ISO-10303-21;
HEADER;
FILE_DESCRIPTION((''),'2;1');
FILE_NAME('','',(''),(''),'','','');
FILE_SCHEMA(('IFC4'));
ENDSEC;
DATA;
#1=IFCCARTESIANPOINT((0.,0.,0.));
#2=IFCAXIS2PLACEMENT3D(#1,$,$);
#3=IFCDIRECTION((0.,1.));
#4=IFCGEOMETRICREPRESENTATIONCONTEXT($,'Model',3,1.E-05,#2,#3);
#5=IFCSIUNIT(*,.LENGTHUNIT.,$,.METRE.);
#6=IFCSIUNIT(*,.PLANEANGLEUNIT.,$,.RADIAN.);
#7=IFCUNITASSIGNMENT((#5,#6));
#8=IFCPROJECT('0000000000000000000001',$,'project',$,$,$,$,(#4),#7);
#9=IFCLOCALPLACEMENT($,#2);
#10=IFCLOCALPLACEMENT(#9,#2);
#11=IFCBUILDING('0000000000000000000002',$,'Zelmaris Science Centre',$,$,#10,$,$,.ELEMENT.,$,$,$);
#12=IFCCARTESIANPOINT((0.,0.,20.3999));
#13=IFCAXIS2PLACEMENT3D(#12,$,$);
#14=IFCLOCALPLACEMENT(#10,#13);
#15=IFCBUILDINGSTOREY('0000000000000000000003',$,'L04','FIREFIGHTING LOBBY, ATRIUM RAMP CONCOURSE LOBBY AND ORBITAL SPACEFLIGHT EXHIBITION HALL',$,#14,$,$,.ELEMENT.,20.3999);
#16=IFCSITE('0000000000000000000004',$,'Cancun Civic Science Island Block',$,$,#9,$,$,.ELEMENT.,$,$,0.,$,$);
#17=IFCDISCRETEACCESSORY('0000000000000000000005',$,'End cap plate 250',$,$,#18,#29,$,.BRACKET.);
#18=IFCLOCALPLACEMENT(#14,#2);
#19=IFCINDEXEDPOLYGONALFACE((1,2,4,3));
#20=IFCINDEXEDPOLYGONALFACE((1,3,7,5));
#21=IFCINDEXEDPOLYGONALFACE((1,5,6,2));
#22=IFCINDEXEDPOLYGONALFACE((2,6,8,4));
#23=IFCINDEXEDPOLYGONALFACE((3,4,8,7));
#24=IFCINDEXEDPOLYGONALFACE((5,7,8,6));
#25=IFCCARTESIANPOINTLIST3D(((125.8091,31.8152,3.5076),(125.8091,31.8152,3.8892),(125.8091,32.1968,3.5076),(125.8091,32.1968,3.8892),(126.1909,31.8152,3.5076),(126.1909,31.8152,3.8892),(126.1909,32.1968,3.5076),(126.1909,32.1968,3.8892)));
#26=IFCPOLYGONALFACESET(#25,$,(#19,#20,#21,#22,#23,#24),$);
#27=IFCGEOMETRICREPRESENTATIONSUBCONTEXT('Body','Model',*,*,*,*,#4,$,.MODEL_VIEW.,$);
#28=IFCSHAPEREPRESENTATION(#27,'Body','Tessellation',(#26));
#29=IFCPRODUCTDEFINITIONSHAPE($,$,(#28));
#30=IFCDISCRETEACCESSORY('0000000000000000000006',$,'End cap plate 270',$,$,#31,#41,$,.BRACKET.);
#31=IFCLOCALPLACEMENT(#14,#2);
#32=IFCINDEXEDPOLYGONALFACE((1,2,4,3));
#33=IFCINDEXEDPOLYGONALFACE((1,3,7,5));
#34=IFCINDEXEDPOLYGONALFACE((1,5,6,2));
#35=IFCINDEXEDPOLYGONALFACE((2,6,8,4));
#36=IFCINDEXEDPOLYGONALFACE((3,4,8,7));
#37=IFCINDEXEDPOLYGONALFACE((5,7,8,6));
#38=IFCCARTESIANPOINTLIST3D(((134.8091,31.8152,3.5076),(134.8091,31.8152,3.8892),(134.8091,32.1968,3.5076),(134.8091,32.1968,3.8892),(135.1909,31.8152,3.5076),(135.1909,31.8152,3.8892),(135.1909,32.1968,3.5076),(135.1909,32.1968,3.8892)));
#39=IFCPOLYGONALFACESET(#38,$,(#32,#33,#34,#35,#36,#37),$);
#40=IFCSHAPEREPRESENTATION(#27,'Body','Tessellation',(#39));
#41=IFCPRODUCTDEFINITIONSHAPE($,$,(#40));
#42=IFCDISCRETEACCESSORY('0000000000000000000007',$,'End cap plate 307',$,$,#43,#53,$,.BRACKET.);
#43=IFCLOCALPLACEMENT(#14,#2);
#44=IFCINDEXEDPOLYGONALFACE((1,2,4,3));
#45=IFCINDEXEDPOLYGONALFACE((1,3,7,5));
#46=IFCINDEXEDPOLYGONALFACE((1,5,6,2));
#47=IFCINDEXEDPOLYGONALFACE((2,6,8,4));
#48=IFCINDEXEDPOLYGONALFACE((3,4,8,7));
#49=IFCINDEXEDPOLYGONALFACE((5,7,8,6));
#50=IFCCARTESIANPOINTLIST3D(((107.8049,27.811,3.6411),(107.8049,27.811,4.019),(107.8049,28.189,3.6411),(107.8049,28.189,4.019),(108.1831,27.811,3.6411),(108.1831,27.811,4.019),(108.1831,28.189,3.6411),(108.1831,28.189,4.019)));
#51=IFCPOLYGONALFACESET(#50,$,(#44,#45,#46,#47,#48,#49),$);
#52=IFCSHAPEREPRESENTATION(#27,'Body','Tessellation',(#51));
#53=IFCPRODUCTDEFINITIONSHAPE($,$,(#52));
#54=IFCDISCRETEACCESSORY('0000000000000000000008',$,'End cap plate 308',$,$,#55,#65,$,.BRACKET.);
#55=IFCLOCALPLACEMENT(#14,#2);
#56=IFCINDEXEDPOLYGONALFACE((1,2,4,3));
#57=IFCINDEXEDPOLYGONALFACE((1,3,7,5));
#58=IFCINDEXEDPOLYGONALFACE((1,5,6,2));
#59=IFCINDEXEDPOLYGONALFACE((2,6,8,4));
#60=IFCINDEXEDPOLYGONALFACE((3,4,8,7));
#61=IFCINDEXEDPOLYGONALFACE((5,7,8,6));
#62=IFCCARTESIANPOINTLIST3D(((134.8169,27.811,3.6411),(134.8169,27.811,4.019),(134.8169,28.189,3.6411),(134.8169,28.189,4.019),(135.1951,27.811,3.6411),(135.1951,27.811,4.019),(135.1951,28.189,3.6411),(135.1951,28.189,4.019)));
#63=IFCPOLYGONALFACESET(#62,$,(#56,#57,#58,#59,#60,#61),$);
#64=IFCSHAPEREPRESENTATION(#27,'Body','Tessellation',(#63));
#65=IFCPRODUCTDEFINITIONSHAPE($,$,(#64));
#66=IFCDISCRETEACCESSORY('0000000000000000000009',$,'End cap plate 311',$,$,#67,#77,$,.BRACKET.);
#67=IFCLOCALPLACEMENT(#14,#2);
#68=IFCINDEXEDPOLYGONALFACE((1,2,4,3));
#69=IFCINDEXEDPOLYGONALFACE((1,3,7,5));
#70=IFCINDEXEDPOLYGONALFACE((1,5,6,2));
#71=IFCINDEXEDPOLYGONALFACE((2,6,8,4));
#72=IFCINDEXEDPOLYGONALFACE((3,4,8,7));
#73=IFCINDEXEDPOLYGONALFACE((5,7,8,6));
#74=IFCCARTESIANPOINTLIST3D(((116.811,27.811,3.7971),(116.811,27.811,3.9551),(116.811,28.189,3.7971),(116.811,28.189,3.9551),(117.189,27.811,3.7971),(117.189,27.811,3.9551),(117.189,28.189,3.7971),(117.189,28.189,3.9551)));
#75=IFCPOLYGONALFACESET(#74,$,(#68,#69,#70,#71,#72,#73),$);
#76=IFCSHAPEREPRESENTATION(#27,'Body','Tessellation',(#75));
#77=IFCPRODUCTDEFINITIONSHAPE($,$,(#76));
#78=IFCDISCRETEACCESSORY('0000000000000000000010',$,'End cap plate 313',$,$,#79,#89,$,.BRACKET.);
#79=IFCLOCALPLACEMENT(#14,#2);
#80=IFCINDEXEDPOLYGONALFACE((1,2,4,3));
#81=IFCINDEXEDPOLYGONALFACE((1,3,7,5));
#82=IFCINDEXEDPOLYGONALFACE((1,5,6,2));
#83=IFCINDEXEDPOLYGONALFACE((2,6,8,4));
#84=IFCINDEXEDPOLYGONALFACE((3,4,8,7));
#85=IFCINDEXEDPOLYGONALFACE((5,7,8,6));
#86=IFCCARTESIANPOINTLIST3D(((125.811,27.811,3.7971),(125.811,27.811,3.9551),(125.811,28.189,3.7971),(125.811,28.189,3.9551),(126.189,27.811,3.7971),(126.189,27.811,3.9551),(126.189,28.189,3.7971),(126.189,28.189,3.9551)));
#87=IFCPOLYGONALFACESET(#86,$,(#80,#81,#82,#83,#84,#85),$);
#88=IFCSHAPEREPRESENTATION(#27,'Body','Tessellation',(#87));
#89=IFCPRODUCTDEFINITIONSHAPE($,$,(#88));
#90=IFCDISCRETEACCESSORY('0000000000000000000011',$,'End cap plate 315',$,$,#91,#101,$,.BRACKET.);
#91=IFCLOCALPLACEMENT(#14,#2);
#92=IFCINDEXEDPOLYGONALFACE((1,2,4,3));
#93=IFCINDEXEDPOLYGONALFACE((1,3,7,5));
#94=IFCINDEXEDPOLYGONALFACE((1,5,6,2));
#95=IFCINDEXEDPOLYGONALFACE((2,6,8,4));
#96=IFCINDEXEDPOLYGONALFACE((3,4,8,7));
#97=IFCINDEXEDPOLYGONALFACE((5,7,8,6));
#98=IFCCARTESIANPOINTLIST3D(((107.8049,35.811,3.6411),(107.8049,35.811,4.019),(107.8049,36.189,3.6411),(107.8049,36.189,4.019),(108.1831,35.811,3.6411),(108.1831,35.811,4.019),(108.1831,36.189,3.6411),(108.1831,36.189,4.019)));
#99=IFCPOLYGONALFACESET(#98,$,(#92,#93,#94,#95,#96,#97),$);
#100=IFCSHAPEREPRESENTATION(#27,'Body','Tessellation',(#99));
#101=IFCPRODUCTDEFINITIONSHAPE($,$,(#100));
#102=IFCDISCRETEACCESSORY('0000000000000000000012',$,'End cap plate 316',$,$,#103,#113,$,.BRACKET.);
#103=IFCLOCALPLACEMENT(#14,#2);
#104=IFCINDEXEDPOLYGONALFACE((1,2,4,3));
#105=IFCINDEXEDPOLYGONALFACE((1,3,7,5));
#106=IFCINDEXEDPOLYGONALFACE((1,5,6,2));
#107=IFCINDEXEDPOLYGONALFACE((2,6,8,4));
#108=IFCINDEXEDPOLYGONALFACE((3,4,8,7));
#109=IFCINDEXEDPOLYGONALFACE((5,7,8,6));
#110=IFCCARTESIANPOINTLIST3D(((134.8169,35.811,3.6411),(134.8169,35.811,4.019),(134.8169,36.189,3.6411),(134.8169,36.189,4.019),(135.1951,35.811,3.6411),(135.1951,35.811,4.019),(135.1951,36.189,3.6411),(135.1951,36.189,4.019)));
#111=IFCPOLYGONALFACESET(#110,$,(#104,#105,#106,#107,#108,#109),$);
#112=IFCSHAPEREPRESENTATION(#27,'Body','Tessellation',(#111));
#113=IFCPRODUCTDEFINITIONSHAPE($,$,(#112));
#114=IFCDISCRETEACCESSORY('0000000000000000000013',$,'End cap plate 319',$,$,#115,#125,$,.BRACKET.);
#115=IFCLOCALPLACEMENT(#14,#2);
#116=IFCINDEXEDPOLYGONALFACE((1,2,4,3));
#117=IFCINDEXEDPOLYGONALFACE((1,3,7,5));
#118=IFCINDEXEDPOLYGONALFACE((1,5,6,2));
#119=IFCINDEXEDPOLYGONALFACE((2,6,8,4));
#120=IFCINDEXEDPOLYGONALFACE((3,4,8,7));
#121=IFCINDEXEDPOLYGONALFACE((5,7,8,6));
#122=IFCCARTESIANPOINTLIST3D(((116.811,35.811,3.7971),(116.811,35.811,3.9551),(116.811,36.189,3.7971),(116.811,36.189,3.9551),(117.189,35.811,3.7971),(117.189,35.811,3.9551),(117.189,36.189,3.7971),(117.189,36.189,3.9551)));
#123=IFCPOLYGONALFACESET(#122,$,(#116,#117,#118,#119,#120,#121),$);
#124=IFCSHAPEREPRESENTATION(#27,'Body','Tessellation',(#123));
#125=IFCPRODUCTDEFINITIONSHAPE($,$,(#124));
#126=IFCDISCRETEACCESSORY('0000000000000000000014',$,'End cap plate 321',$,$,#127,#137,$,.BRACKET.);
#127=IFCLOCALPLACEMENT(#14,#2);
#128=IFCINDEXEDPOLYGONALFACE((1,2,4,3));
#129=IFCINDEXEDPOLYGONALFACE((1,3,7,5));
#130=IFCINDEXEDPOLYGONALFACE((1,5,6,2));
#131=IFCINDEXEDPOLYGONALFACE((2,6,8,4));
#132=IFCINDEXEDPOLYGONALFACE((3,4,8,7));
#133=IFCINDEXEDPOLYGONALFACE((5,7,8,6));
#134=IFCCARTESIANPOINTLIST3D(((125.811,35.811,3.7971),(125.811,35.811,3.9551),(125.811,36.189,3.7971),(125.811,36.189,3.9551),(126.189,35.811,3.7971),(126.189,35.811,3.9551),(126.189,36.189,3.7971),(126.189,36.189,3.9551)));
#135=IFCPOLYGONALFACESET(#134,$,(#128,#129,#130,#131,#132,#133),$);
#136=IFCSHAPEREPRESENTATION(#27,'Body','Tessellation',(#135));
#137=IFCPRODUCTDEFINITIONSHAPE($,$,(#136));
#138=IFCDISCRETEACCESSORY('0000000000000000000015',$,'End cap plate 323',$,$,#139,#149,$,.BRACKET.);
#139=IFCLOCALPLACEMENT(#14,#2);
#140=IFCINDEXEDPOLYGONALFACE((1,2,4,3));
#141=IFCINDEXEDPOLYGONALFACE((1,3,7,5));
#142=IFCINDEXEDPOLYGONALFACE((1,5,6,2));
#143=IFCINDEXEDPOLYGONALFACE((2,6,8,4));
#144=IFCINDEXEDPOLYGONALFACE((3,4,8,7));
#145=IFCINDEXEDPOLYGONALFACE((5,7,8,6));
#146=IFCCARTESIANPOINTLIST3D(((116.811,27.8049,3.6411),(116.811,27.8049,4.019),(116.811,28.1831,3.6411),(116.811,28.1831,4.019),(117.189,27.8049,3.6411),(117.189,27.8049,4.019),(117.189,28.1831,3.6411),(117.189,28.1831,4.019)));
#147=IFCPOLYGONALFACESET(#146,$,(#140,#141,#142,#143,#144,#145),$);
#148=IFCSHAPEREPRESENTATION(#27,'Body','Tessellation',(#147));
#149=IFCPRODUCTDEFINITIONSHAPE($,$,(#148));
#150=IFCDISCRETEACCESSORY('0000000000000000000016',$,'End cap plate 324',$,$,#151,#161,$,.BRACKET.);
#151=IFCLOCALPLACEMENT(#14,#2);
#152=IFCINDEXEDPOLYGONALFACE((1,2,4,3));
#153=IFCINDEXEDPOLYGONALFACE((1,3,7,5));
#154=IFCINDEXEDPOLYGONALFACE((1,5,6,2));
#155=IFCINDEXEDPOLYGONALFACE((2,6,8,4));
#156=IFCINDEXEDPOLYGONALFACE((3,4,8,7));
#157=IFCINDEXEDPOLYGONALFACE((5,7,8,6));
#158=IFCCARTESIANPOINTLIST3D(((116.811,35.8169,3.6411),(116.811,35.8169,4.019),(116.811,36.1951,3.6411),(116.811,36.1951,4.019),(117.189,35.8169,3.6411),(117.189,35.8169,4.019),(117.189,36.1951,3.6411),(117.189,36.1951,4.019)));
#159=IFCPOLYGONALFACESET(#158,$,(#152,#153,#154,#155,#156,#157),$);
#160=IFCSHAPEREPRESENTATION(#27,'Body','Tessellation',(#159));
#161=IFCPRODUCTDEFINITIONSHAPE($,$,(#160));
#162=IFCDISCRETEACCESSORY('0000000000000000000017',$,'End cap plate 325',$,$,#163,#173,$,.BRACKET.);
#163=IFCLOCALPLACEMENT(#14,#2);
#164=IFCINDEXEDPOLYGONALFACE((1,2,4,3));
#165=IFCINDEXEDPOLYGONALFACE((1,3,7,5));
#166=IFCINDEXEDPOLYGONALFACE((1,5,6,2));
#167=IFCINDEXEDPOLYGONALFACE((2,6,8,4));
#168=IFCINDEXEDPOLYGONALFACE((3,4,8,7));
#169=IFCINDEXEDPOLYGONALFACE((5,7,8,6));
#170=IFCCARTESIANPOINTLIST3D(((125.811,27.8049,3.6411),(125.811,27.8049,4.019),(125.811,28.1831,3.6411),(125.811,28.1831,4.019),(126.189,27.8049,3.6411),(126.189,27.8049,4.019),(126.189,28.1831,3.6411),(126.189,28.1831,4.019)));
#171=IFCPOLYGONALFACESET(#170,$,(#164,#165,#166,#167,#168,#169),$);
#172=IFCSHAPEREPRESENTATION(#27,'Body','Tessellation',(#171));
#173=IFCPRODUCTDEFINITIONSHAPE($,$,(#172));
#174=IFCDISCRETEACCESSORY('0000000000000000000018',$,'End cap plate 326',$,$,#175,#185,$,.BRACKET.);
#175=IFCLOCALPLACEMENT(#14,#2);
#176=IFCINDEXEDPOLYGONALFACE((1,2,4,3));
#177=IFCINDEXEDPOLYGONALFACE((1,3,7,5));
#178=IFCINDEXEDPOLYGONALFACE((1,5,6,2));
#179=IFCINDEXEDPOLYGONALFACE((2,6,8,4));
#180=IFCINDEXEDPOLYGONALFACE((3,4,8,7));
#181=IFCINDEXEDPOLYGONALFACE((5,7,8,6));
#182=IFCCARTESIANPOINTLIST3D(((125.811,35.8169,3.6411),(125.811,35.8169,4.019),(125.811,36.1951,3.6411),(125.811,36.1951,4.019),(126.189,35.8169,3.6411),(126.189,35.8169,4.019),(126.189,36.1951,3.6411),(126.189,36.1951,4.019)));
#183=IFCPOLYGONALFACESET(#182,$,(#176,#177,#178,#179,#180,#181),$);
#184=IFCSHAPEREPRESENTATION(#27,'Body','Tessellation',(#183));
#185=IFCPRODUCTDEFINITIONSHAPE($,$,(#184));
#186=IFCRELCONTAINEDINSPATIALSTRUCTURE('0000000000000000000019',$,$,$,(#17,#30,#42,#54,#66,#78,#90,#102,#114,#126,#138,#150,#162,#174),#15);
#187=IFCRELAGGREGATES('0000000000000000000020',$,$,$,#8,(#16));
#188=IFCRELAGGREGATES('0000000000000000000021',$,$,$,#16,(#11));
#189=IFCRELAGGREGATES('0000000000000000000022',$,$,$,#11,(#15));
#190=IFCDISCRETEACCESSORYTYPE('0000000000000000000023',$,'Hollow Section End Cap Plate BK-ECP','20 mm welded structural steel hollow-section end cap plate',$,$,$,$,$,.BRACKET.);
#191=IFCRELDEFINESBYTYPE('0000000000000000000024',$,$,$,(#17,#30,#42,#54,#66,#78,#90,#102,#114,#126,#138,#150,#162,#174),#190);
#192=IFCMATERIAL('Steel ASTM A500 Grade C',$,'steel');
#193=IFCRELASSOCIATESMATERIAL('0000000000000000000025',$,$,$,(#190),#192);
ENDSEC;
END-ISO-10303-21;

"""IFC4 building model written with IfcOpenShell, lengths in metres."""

from ifc_helpers import new_model, si_unit, direction, frame, origin, place, context, subcontext, project, spatial, polyline, outline, extrude, material, type_object, element, save


model = new_model("IFC4")

# Units and contexts
model_context = context("Model", 3, precision=1e-05, world=origin(), true_north=direction((0.0, 1.0)))
body_context = subcontext(model_context, "Body", "Model", "MODEL_VIEW")
ifc_project = project(units=[si_unit("LENGTHUNIT", "METRE"), si_unit("PLANEANGLEUNIT", "RADIAN")], contexts=[model_context])

# Site, building, storey
site_placement = place(None, origin())
site = spatial("IfcSite", under=ifc_project, at=site_placement, Name="Cancun Civic Science Island Block", CompositionType="ELEMENT", RefElevation=0.0)
building_placement = place(site_placement, origin())
building = spatial("IfcBuilding", under=site, at=building_placement, Name="Zelmaris Science Centre", CompositionType="ELEMENT")
storey_placement = place(building_placement, frame((0.0, 0.0, 20.3999)))
storey = spatial("IfcBuildingStorey", under=building, at=storey_placement, Name="L04", Description="FIREFIGHTING LOBBY, ATRIUM RAMP CONCOURSE LOBBY AND ORBITAL SPACEFLIGHT EXHIBITION HALL", CompositionType="ELEMENT", Elevation=20.3999)

# Discrete accessories
ifc_material_1 = material(Name="Steel ASTM A500 Grade C", Category="steel")
discrete_accessory_type = type_object("IfcDiscreteAccessoryType", Name="Hollow Section End Cap Plate BK-ECP", Description="20 mm welded structural steel hollow-section end cap plate", PredefinedType="BRACKET", material=ifc_material_1)
discrete_accessory_1_placement = place(storey_placement, frame((0.0, 0.0, 3.5076)))
element("IfcDiscreteAccessory", 1, at=discrete_accessory_1_placement, inside=storey, type_object=discrete_accessory_type, Name="End cap plate 250", PredefinedType="BRACKET", context=body_context, shape_type="SweptSolid", body=[
    extrude(outline(polyline([(125.8091, 31.8152), (126.1909, 31.8152), (126.1909, 32.1968), (125.8091, 32.1968), (125.8091, 31.8152)])), origin(), (0.0, 0.0, 1.0), 0.3816),
])
discrete_accessory_2_placement = place(storey_placement, frame((0.0, 0.0, 3.5076)))
element("IfcDiscreteAccessory", 2, at=discrete_accessory_2_placement, inside=storey, type_object=discrete_accessory_type, Name="End cap plate 270", PredefinedType="BRACKET", context=body_context, shape_type="SweptSolid", body=[
    extrude(outline(polyline([(134.8091, 31.8152), (135.1909, 31.8152), (135.1909, 32.1968), (134.8091, 32.1968), (134.8091, 31.8152)])), origin(), (0.0, 0.0, 1.0), 0.3816),
])
discrete_accessory_3_placement = place(storey_placement, frame((0.0, 0.0, 3.6411)))
element("IfcDiscreteAccessory", 3, at=discrete_accessory_3_placement, inside=storey, type_object=discrete_accessory_type, Name="End cap plate 307", PredefinedType="BRACKET", context=body_context, shape_type="SweptSolid", body=[
    extrude(outline(polyline([(107.8049, 27.811), (108.1831, 27.811), (108.1831, 28.189), (107.8049, 28.189), (107.8049, 27.811)])), origin(), (0.0, 0.0, 1.0), 0.3779),
])
discrete_accessory_4_placement = place(storey_placement, frame((0.0, 0.0, 3.6411)))
element("IfcDiscreteAccessory", 4, at=discrete_accessory_4_placement, inside=storey, type_object=discrete_accessory_type, Name="End cap plate 308", PredefinedType="BRACKET", context=body_context, shape_type="SweptSolid", body=[
    extrude(outline(polyline([(134.8169, 27.811), (135.1951, 27.811), (135.1951, 28.189), (134.8169, 28.189), (134.8169, 27.811)])), origin(), (0.0, 0.0, 1.0), 0.3779),
])
discrete_accessory_5_placement = place(storey_placement, frame((0.0, 0.0, 3.7971)))
element("IfcDiscreteAccessory", 5, at=discrete_accessory_5_placement, inside=storey, type_object=discrete_accessory_type, Name="End cap plate 311", PredefinedType="BRACKET", context=body_context, shape_type="SweptSolid", body=[
    extrude(outline(polyline([(116.811, 27.811), (117.189, 27.811), (117.189, 28.189), (116.811, 28.189), (116.811, 27.811)])), origin(), (0.0, 0.0, 1.0), 0.158),
])
discrete_accessory_6_placement = place(storey_placement, frame((0.0, 0.0, 3.7971)))
element("IfcDiscreteAccessory", 6, at=discrete_accessory_6_placement, inside=storey, type_object=discrete_accessory_type, Name="End cap plate 313", PredefinedType="BRACKET", context=body_context, shape_type="SweptSolid", body=[
    extrude(outline(polyline([(125.811, 27.811), (126.189, 27.811), (126.189, 28.189), (125.811, 28.189), (125.811, 27.811)])), origin(), (0.0, 0.0, 1.0), 0.158),
])
discrete_accessory_7_placement = place(storey_placement, frame((0.0, 0.0, 3.6411)))
element("IfcDiscreteAccessory", 7, at=discrete_accessory_7_placement, inside=storey, type_object=discrete_accessory_type, Name="End cap plate 315", PredefinedType="BRACKET", context=body_context, shape_type="SweptSolid", body=[
    extrude(outline(polyline([(107.8049, 35.811), (108.1831, 35.811), (108.1831, 36.189), (107.8049, 36.189), (107.8049, 35.811)])), origin(), (0.0, 0.0, 1.0), 0.3779),
])
discrete_accessory_8_placement = place(storey_placement, frame((0.0, 0.0, 3.6411)))
element("IfcDiscreteAccessory", 8, at=discrete_accessory_8_placement, inside=storey, type_object=discrete_accessory_type, Name="End cap plate 316", PredefinedType="BRACKET", context=body_context, shape_type="SweptSolid", body=[
    extrude(outline(polyline([(134.8169, 35.811), (135.1951, 35.811), (135.1951, 36.189), (134.8169, 36.189), (134.8169, 35.811)])), origin(), (0.0, 0.0, 1.0), 0.3779),
])
discrete_accessory_9_placement = place(storey_placement, frame((0.0, 0.0, 3.7971)))
element("IfcDiscreteAccessory", 9, at=discrete_accessory_9_placement, inside=storey, type_object=discrete_accessory_type, Name="End cap plate 319", PredefinedType="BRACKET", context=body_context, shape_type="SweptSolid", body=[
    extrude(outline(polyline([(116.811, 35.811), (117.189, 35.811), (117.189, 36.189), (116.811, 36.189), (116.811, 35.811)])), origin(), (0.0, 0.0, 1.0), 0.158),
])
discrete_accessory_10_placement = place(storey_placement, frame((0.0, 0.0, 3.7971)))
element("IfcDiscreteAccessory", 10, at=discrete_accessory_10_placement, inside=storey, type_object=discrete_accessory_type, Name="End cap plate 321", PredefinedType="BRACKET", context=body_context, shape_type="SweptSolid", body=[
    extrude(outline(polyline([(125.811, 35.811), (126.189, 35.811), (126.189, 36.189), (125.811, 36.189), (125.811, 35.811)])), origin(), (0.0, 0.0, 1.0), 0.158),
])
discrete_accessory_11_placement = place(storey_placement, frame((0.0, 0.0, 3.6411)))
element("IfcDiscreteAccessory", 11, at=discrete_accessory_11_placement, inside=storey, type_object=discrete_accessory_type, Name="End cap plate 323", PredefinedType="BRACKET", context=body_context, shape_type="SweptSolid", body=[
    extrude(outline(polyline([(116.811, 27.8049), (117.189, 27.8049), (117.189, 28.1831), (116.811, 28.1831), (116.811, 27.8049)])), origin(), (0.0, 0.0, 1.0), 0.3779),
])
discrete_accessory_12_placement = place(storey_placement, frame((0.0, 0.0, 3.6411)))
element("IfcDiscreteAccessory", 12, at=discrete_accessory_12_placement, inside=storey, type_object=discrete_accessory_type, Name="End cap plate 324", PredefinedType="BRACKET", context=body_context, shape_type="SweptSolid", body=[
    extrude(outline(polyline([(116.811, 35.8169), (117.189, 35.8169), (117.189, 36.1951), (116.811, 36.1951), (116.811, 35.8169)])), origin(), (0.0, 0.0, 1.0), 0.3779),
])
discrete_accessory_13_placement = place(storey_placement, frame((0.0, 0.0, 3.6411)))
element("IfcDiscreteAccessory", 13, at=discrete_accessory_13_placement, inside=storey, type_object=discrete_accessory_type, Name="End cap plate 325", PredefinedType="BRACKET", context=body_context, shape_type="SweptSolid", body=[
    extrude(outline(polyline([(125.811, 27.8049), (126.189, 27.8049), (126.189, 28.1831), (125.811, 28.1831), (125.811, 27.8049)])), origin(), (0.0, 0.0, 1.0), 0.3779),
])
discrete_accessory_14_placement = place(storey_placement, frame((0.0, 0.0, 3.6411)))
element("IfcDiscreteAccessory", 14, at=discrete_accessory_14_placement, inside=storey, type_object=discrete_accessory_type, Name="End cap plate 326", PredefinedType="BRACKET", context=body_context, shape_type="SweptSolid", body=[
    extrude(outline(polyline([(125.811, 35.8169), (126.189, 35.8169), (126.189, 36.1951), (125.811, 36.1951), (125.811, 35.8169)])), origin(), (0.0, 0.0, 1.0), 0.3779),
])

save(model, "model.ifc")
